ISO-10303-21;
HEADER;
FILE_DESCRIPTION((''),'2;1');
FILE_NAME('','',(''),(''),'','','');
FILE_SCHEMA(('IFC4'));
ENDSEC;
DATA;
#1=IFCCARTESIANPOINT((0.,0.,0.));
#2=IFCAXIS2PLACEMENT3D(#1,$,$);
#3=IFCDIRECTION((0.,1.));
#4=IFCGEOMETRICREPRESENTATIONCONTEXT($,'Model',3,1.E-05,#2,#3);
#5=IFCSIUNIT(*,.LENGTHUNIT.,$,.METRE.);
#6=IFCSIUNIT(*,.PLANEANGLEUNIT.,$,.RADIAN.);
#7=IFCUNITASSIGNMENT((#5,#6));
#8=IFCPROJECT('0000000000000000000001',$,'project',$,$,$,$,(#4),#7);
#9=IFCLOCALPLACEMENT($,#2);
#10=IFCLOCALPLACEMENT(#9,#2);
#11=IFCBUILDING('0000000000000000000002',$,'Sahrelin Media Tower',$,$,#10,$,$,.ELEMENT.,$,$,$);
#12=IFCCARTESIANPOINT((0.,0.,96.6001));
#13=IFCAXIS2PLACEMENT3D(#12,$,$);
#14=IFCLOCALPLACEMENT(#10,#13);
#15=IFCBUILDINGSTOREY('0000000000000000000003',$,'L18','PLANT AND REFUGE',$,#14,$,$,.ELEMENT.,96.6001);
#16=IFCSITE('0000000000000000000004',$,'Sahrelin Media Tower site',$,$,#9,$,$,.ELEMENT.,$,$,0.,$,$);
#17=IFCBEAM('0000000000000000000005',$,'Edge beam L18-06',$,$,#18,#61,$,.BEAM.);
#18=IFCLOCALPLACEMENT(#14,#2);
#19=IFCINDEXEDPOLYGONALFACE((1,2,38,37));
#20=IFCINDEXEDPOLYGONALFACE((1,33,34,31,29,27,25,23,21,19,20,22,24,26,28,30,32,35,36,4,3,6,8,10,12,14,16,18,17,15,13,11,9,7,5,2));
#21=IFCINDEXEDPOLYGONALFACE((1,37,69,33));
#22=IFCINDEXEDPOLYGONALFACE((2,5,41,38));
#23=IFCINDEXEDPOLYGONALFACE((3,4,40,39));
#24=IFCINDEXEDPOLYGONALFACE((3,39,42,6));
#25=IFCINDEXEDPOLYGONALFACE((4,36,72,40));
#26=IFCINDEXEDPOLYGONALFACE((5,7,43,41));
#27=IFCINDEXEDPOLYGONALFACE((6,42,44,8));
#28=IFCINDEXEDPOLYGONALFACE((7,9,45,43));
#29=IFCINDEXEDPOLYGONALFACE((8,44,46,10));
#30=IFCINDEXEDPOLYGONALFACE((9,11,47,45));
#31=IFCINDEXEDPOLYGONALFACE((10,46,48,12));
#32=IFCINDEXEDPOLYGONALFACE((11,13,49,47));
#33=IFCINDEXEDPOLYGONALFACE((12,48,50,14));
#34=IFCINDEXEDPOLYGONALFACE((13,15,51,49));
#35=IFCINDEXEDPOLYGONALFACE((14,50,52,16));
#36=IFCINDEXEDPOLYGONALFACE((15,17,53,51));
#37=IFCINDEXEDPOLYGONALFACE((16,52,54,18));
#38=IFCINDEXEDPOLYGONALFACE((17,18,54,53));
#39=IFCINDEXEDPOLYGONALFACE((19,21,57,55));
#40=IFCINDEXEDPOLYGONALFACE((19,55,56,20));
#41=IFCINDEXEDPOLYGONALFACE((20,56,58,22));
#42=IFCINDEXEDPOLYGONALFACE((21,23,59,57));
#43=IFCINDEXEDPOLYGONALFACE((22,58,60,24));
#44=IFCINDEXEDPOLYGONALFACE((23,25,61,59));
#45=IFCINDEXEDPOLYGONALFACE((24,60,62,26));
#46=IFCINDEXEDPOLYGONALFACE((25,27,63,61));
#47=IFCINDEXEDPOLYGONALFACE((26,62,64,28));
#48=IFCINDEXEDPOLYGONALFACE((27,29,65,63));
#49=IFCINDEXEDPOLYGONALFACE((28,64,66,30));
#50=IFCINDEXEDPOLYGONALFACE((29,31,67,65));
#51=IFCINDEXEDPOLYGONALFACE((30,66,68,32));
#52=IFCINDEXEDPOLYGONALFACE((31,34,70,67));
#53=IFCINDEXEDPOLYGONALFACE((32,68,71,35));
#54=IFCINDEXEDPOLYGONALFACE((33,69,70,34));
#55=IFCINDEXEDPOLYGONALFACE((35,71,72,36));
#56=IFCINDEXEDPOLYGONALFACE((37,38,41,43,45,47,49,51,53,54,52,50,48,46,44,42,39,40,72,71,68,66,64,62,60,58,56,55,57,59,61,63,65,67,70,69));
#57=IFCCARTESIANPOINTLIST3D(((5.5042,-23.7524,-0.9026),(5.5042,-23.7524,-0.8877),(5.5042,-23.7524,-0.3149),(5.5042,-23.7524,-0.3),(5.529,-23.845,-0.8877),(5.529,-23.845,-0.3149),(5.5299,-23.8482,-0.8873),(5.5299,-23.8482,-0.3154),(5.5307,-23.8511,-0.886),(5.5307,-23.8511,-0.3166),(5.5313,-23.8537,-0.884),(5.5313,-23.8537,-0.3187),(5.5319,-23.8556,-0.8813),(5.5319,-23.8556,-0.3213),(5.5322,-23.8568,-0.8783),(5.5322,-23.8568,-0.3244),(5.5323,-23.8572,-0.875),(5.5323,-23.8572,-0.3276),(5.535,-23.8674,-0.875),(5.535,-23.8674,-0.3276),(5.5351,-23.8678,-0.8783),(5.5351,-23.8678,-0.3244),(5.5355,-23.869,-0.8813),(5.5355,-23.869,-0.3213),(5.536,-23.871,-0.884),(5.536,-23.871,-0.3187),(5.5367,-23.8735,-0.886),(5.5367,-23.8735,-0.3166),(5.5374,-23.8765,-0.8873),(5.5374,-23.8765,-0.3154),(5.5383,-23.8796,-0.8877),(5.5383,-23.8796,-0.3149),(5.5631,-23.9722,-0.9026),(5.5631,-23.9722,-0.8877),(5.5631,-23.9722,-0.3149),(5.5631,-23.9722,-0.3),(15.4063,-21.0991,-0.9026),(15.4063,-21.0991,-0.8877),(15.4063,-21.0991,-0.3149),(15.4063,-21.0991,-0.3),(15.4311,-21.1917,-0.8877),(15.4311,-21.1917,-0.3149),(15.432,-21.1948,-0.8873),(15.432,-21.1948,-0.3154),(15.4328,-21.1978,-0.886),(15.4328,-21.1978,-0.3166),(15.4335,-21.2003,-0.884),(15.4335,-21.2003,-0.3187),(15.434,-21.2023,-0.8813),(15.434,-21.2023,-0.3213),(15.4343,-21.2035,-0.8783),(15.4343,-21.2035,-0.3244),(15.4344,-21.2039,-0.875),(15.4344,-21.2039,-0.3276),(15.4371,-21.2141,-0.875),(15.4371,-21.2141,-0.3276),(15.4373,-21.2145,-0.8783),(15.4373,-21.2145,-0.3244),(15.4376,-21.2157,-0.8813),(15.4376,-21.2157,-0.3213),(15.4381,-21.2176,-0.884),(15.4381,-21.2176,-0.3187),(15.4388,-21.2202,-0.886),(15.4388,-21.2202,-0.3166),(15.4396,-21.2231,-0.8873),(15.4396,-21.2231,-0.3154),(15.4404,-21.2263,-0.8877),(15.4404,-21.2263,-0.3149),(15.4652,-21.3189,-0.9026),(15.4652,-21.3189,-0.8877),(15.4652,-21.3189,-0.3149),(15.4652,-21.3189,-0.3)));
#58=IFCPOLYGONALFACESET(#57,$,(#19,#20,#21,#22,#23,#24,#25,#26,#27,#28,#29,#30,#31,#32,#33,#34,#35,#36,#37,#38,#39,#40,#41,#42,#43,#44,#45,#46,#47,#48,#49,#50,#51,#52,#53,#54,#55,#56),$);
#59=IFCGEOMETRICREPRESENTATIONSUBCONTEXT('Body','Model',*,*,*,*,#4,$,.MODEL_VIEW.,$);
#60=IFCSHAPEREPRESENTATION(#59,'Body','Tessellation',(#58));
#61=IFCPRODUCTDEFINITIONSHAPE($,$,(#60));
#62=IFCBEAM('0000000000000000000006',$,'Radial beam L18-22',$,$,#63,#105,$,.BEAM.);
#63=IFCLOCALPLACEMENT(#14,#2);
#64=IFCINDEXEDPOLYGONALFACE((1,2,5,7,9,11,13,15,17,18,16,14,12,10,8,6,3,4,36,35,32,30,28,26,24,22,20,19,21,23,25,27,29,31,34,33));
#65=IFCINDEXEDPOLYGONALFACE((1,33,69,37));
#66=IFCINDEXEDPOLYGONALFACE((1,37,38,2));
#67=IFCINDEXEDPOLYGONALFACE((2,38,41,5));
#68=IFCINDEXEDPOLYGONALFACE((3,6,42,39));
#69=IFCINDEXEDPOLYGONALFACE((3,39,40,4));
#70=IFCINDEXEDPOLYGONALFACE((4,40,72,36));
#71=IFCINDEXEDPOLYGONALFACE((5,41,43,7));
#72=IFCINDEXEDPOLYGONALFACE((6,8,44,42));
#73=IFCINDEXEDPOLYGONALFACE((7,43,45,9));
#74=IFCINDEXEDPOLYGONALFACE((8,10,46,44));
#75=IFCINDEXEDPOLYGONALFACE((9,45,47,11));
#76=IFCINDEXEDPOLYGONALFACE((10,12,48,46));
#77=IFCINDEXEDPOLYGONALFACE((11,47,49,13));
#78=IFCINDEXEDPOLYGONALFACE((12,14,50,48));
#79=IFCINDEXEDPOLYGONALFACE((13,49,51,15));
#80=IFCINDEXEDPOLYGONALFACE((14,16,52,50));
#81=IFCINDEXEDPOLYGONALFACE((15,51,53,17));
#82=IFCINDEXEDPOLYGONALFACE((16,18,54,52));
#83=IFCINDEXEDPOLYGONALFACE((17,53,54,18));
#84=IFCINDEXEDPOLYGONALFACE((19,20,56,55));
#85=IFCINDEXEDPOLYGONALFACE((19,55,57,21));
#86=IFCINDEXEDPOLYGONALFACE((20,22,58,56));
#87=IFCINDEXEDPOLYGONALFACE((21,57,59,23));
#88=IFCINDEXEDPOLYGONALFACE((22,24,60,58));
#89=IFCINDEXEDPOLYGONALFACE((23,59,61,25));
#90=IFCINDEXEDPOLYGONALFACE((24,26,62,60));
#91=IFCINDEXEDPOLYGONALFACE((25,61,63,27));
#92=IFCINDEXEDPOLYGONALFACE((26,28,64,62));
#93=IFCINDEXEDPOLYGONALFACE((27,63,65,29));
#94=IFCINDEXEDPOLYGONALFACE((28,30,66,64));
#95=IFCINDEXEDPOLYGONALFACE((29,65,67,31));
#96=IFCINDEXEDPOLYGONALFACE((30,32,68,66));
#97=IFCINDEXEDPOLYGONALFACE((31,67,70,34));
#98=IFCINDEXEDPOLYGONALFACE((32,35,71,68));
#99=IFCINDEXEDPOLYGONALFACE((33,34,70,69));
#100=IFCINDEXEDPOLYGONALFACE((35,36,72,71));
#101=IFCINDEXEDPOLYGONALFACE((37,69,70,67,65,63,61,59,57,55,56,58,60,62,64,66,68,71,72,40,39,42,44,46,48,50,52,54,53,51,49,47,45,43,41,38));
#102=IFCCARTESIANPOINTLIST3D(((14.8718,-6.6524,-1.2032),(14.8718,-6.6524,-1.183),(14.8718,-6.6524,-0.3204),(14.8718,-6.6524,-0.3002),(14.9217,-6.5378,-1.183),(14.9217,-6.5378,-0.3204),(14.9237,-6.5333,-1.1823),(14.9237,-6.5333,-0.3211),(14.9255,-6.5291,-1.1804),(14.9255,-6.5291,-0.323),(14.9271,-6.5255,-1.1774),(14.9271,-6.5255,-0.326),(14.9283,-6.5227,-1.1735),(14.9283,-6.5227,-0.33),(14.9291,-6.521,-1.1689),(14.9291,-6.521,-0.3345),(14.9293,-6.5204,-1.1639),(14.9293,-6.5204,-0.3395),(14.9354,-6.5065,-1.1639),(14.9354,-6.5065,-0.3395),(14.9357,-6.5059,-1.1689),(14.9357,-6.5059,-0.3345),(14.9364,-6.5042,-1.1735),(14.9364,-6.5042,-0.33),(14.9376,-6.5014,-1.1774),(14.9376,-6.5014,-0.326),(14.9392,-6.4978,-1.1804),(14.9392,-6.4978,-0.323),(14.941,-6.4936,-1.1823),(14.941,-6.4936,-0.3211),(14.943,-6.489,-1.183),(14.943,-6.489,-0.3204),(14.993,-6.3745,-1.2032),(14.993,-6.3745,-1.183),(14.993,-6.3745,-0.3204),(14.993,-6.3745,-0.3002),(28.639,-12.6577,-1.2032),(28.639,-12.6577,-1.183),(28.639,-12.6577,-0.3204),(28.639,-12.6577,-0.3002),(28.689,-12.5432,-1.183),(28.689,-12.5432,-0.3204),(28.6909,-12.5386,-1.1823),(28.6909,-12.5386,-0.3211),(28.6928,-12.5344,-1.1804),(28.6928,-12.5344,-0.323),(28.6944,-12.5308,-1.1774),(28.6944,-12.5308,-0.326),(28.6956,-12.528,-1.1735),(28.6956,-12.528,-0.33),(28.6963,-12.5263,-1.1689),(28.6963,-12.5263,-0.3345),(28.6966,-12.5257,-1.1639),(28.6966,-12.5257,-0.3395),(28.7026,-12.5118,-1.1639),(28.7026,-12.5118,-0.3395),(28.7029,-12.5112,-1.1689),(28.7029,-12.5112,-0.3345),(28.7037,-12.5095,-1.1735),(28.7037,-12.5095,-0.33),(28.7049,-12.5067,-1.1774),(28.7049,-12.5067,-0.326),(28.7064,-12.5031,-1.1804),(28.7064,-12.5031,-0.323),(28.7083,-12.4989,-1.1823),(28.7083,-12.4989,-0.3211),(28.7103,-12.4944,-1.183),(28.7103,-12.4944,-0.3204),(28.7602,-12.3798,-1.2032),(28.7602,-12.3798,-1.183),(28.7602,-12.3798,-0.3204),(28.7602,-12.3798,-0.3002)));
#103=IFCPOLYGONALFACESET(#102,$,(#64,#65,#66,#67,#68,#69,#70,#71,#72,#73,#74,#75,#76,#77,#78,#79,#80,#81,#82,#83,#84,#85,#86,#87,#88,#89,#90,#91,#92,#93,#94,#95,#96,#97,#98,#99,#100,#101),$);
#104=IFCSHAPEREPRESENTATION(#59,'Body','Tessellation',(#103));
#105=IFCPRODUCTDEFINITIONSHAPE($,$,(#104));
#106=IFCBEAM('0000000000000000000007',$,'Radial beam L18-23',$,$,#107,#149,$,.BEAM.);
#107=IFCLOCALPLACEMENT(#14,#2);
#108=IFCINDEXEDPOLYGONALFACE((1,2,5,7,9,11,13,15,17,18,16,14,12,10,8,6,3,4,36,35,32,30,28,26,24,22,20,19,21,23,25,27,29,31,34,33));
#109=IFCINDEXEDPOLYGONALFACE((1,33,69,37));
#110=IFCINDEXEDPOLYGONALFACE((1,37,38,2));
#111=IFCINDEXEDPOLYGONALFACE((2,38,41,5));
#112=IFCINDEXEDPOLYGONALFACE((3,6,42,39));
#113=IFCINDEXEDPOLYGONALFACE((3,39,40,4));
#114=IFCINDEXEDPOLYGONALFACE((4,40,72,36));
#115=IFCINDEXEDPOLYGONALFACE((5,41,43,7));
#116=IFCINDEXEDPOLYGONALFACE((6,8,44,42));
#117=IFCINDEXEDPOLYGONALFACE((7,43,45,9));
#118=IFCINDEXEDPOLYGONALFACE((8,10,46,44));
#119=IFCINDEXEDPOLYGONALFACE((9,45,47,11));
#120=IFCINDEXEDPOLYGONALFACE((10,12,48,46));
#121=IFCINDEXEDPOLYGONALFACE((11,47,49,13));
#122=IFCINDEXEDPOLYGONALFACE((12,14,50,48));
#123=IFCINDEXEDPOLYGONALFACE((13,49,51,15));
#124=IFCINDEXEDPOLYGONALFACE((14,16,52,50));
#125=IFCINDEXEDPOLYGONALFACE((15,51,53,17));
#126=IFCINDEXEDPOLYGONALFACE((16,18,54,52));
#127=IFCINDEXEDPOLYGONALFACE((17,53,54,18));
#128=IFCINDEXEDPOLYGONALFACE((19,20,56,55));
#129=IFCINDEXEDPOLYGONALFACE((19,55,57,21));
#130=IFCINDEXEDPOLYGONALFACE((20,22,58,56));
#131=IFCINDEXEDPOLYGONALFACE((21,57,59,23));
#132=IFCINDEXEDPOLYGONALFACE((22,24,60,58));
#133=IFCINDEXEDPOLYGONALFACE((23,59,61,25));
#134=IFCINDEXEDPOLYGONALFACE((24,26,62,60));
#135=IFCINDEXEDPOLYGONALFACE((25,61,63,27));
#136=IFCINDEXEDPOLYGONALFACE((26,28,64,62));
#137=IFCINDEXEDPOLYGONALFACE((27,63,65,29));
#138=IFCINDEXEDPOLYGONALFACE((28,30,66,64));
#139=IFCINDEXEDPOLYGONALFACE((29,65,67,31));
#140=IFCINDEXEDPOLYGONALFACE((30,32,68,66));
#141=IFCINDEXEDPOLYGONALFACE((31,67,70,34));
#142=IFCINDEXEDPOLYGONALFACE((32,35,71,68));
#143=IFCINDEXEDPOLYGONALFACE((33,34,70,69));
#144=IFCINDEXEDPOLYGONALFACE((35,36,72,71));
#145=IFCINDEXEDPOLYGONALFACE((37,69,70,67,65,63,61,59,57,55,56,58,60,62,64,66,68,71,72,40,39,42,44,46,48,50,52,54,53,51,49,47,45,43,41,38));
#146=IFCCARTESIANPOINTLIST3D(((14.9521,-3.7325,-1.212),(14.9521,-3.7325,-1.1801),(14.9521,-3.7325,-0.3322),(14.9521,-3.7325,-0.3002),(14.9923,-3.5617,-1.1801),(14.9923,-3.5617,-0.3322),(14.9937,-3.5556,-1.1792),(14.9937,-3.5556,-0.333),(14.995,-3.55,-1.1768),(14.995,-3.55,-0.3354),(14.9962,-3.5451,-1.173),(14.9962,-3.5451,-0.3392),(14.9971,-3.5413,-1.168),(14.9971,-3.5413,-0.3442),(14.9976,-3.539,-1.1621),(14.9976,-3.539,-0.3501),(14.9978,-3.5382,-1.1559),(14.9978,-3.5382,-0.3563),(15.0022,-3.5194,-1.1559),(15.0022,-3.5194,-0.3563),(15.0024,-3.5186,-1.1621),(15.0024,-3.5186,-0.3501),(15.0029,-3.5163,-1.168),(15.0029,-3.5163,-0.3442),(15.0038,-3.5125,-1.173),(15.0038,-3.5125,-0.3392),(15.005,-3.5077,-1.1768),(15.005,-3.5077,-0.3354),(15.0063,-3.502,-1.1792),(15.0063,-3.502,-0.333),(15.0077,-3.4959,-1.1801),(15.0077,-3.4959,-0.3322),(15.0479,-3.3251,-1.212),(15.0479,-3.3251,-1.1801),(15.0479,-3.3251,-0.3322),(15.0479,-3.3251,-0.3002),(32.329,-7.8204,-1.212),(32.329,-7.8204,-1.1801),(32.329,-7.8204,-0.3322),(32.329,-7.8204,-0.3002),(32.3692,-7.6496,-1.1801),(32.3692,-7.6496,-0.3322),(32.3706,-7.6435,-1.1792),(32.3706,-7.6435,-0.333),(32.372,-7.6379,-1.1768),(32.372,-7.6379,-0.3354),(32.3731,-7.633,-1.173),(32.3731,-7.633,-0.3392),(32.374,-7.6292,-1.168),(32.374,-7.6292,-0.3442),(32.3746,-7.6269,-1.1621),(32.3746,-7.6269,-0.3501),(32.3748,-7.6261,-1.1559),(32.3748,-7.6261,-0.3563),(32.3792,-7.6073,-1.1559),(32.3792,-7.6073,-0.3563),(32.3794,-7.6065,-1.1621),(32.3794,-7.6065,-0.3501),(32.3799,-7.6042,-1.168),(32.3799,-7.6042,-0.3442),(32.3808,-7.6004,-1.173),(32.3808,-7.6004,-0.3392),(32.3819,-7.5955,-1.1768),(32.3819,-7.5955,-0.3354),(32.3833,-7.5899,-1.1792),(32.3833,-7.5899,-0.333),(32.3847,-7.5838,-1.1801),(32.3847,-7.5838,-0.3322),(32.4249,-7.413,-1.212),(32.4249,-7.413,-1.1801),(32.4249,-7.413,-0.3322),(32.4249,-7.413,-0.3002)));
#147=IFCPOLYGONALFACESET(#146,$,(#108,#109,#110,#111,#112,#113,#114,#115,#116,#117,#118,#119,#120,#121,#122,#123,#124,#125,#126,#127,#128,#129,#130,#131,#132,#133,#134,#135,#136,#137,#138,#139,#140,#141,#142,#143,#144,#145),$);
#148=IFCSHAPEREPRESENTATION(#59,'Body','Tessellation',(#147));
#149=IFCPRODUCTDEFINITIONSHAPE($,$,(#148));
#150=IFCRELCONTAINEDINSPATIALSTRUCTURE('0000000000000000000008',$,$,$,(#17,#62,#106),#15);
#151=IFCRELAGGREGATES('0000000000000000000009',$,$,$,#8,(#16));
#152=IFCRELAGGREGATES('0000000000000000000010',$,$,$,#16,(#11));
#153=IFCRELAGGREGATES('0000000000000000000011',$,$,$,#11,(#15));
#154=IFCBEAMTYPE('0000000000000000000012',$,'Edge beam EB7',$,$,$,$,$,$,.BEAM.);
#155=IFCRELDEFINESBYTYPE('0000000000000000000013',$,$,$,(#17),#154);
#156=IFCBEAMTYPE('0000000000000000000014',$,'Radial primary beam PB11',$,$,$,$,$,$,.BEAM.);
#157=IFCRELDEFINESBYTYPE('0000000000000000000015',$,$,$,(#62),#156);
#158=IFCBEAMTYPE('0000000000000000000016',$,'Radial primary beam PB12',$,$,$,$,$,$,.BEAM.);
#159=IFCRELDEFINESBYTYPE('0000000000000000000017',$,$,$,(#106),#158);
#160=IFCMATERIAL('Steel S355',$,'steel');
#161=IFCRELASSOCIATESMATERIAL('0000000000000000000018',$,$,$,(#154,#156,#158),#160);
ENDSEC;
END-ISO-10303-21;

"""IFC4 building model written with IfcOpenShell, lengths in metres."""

from ifc_helpers import new_model, si_unit, direction, frame, origin, origin_2d, place, context, subcontext, project, spatial, i_section, extrude, material, material_profile, profile_set, type_object, element, save


model = new_model("IFC4")

# Units and contexts
model_context = context("Model", 3, precision=1e-05, world=origin(), true_north=direction((0.0, 1.0)))
body_context = subcontext(model_context, "Body", "Model", "MODEL_VIEW")
ifc_project = project(units=[si_unit("LENGTHUNIT", "METRE"), si_unit("PLANEANGLEUNIT", "RADIAN")], contexts=[model_context])

# Site, building, storey
site_placement = place(None, origin())
site = spatial("IfcSite", under=ifc_project, at=site_placement, Name="Sahrelin Media Tower site", CompositionType="ELEMENT", RefElevation=0.0)
building_placement = place(site_placement, origin())
building = spatial("IfcBuilding", under=site, at=building_placement, Name="Sahrelin Media Tower", CompositionType="ELEMENT")
storey_placement = place(building_placement, frame((0.0, 0.0, 96.6001)))
storey = spatial("IfcBuildingStorey", under=building, at=storey_placement, Name="L18", Description="PLANT AND REFUGE", CompositionType="ELEMENT", Elevation=96.6001)

# Beams
ifc_material_1 = material(Name="Steel S355", Category="steel")
ifc_material_profile_1 = material_profile(ifc_material_1, i_section(OverallWidth=0.2275, OverallDepth=0.6025, WebThickness=0.0105, FlangeThickness=0.0149, FilletRadius=0.0127, at=origin_2d()), Name="UB 610x229x101")
ifc_profile_set_1 = profile_set([ifc_material_profile_1], Name="Steel S355")
beam_type_1 = type_object("IfcBeamType", Name="Edge beam EB7", PredefinedType="BEAM", material=ifc_profile_set_1)
beam_1_placement = place(storey_placement, frame((15.4358, -21.209, -0.6013), z_axis=(-0.965924, -0.258825, 0.0), x_axis=(0.258825, -0.965924, 0.0)))
element("IfcBeam", 1, at=beam_1_placement, inside=storey, type_object=beam_type_1, Name="Edge beam L18-06", PredefinedType="BEAM", context=body_context, shape_type="SweptSolid", body=[
    extrude(i_section(OverallWidth=0.2275, OverallDepth=0.6025, WebThickness=0.0105, FlangeThickness=0.0149, FilletRadius=0.0127, at=origin_2d()), origin(), (0.0, 0.0, 1.0), 10.2515),
])
ifc_material_profile_2 = material_profile(ifc_material_1, i_section(OverallWidth=0.3032, OverallDepth=0.9031, WebThickness=0.0151, FlangeThickness=0.0203, FilletRadius=0.019, at=origin_2d()), Name="UB 914x305x201")
ifc_profile_set_2 = profile_set([ifc_material_profile_2], Name="Steel S355")
beam_type_2 = type_object("IfcBeamType", Name="Radial primary beam PB11", PredefinedType="BEAM", material=ifc_profile_set_2)
beam_2_placement = place(storey_placement, frame((14.9324, -6.5134, -0.7517), z_axis=(0.916593, -0.399822, 0.0), x_axis=(0.399822, 0.916593, 0.0)))
element("IfcBeam", 2, at=beam_2_placement, inside=storey, type_object=beam_type_2, Name="Radial beam L18-22", PredefinedType="BEAM", context=body_context, shape_type="SweptSolid", body=[
    extrude(i_section(OverallWidth=0.3032, OverallDepth=0.9031, WebThickness=0.0151, FlangeThickness=0.0203, FilletRadius=0.019, at=origin_2d()), origin(), (0.0, 0.0, 1.0), 15.02),
])
ifc_material_profile_3 = material_profile(ifc_material_1, i_section(OverallWidth=0.4185, OverallDepth=0.9119, WebThickness=0.0193, FlangeThickness=0.032, FilletRadius=0.0242, at=origin_2d()), Name="UB 914x419x343")
ifc_profile_set_3 = profile_set([ifc_material_profile_3], Name="Steel S355")
beam_type_3 = type_object("IfcBeamType", Name="Radial primary beam PB12", PredefinedType="BEAM", material=ifc_profile_set_3)
beam_3_placement = place(storey_placement, frame((15.0, -3.5288, -0.7561), z_axis=(0.973427, -0.228997, 0.0), x_axis=(0.228997, 0.973427, 0.0)))
element("IfcBeam", 3, at=beam_3_placement, inside=storey, type_object=beam_type_3, Name="Radial beam L18-23", PredefinedType="BEAM", context=body_context, shape_type="SweptSolid", body=[
    extrude(i_section(OverallWidth=0.4185, OverallDepth=0.9119, WebThickness=0.0193, FlangeThickness=0.032, FilletRadius=0.0242, at=origin_2d()), origin(), (0.0, 0.0, 1.0), 17.8513),
])

save(model, "model.ifc")
